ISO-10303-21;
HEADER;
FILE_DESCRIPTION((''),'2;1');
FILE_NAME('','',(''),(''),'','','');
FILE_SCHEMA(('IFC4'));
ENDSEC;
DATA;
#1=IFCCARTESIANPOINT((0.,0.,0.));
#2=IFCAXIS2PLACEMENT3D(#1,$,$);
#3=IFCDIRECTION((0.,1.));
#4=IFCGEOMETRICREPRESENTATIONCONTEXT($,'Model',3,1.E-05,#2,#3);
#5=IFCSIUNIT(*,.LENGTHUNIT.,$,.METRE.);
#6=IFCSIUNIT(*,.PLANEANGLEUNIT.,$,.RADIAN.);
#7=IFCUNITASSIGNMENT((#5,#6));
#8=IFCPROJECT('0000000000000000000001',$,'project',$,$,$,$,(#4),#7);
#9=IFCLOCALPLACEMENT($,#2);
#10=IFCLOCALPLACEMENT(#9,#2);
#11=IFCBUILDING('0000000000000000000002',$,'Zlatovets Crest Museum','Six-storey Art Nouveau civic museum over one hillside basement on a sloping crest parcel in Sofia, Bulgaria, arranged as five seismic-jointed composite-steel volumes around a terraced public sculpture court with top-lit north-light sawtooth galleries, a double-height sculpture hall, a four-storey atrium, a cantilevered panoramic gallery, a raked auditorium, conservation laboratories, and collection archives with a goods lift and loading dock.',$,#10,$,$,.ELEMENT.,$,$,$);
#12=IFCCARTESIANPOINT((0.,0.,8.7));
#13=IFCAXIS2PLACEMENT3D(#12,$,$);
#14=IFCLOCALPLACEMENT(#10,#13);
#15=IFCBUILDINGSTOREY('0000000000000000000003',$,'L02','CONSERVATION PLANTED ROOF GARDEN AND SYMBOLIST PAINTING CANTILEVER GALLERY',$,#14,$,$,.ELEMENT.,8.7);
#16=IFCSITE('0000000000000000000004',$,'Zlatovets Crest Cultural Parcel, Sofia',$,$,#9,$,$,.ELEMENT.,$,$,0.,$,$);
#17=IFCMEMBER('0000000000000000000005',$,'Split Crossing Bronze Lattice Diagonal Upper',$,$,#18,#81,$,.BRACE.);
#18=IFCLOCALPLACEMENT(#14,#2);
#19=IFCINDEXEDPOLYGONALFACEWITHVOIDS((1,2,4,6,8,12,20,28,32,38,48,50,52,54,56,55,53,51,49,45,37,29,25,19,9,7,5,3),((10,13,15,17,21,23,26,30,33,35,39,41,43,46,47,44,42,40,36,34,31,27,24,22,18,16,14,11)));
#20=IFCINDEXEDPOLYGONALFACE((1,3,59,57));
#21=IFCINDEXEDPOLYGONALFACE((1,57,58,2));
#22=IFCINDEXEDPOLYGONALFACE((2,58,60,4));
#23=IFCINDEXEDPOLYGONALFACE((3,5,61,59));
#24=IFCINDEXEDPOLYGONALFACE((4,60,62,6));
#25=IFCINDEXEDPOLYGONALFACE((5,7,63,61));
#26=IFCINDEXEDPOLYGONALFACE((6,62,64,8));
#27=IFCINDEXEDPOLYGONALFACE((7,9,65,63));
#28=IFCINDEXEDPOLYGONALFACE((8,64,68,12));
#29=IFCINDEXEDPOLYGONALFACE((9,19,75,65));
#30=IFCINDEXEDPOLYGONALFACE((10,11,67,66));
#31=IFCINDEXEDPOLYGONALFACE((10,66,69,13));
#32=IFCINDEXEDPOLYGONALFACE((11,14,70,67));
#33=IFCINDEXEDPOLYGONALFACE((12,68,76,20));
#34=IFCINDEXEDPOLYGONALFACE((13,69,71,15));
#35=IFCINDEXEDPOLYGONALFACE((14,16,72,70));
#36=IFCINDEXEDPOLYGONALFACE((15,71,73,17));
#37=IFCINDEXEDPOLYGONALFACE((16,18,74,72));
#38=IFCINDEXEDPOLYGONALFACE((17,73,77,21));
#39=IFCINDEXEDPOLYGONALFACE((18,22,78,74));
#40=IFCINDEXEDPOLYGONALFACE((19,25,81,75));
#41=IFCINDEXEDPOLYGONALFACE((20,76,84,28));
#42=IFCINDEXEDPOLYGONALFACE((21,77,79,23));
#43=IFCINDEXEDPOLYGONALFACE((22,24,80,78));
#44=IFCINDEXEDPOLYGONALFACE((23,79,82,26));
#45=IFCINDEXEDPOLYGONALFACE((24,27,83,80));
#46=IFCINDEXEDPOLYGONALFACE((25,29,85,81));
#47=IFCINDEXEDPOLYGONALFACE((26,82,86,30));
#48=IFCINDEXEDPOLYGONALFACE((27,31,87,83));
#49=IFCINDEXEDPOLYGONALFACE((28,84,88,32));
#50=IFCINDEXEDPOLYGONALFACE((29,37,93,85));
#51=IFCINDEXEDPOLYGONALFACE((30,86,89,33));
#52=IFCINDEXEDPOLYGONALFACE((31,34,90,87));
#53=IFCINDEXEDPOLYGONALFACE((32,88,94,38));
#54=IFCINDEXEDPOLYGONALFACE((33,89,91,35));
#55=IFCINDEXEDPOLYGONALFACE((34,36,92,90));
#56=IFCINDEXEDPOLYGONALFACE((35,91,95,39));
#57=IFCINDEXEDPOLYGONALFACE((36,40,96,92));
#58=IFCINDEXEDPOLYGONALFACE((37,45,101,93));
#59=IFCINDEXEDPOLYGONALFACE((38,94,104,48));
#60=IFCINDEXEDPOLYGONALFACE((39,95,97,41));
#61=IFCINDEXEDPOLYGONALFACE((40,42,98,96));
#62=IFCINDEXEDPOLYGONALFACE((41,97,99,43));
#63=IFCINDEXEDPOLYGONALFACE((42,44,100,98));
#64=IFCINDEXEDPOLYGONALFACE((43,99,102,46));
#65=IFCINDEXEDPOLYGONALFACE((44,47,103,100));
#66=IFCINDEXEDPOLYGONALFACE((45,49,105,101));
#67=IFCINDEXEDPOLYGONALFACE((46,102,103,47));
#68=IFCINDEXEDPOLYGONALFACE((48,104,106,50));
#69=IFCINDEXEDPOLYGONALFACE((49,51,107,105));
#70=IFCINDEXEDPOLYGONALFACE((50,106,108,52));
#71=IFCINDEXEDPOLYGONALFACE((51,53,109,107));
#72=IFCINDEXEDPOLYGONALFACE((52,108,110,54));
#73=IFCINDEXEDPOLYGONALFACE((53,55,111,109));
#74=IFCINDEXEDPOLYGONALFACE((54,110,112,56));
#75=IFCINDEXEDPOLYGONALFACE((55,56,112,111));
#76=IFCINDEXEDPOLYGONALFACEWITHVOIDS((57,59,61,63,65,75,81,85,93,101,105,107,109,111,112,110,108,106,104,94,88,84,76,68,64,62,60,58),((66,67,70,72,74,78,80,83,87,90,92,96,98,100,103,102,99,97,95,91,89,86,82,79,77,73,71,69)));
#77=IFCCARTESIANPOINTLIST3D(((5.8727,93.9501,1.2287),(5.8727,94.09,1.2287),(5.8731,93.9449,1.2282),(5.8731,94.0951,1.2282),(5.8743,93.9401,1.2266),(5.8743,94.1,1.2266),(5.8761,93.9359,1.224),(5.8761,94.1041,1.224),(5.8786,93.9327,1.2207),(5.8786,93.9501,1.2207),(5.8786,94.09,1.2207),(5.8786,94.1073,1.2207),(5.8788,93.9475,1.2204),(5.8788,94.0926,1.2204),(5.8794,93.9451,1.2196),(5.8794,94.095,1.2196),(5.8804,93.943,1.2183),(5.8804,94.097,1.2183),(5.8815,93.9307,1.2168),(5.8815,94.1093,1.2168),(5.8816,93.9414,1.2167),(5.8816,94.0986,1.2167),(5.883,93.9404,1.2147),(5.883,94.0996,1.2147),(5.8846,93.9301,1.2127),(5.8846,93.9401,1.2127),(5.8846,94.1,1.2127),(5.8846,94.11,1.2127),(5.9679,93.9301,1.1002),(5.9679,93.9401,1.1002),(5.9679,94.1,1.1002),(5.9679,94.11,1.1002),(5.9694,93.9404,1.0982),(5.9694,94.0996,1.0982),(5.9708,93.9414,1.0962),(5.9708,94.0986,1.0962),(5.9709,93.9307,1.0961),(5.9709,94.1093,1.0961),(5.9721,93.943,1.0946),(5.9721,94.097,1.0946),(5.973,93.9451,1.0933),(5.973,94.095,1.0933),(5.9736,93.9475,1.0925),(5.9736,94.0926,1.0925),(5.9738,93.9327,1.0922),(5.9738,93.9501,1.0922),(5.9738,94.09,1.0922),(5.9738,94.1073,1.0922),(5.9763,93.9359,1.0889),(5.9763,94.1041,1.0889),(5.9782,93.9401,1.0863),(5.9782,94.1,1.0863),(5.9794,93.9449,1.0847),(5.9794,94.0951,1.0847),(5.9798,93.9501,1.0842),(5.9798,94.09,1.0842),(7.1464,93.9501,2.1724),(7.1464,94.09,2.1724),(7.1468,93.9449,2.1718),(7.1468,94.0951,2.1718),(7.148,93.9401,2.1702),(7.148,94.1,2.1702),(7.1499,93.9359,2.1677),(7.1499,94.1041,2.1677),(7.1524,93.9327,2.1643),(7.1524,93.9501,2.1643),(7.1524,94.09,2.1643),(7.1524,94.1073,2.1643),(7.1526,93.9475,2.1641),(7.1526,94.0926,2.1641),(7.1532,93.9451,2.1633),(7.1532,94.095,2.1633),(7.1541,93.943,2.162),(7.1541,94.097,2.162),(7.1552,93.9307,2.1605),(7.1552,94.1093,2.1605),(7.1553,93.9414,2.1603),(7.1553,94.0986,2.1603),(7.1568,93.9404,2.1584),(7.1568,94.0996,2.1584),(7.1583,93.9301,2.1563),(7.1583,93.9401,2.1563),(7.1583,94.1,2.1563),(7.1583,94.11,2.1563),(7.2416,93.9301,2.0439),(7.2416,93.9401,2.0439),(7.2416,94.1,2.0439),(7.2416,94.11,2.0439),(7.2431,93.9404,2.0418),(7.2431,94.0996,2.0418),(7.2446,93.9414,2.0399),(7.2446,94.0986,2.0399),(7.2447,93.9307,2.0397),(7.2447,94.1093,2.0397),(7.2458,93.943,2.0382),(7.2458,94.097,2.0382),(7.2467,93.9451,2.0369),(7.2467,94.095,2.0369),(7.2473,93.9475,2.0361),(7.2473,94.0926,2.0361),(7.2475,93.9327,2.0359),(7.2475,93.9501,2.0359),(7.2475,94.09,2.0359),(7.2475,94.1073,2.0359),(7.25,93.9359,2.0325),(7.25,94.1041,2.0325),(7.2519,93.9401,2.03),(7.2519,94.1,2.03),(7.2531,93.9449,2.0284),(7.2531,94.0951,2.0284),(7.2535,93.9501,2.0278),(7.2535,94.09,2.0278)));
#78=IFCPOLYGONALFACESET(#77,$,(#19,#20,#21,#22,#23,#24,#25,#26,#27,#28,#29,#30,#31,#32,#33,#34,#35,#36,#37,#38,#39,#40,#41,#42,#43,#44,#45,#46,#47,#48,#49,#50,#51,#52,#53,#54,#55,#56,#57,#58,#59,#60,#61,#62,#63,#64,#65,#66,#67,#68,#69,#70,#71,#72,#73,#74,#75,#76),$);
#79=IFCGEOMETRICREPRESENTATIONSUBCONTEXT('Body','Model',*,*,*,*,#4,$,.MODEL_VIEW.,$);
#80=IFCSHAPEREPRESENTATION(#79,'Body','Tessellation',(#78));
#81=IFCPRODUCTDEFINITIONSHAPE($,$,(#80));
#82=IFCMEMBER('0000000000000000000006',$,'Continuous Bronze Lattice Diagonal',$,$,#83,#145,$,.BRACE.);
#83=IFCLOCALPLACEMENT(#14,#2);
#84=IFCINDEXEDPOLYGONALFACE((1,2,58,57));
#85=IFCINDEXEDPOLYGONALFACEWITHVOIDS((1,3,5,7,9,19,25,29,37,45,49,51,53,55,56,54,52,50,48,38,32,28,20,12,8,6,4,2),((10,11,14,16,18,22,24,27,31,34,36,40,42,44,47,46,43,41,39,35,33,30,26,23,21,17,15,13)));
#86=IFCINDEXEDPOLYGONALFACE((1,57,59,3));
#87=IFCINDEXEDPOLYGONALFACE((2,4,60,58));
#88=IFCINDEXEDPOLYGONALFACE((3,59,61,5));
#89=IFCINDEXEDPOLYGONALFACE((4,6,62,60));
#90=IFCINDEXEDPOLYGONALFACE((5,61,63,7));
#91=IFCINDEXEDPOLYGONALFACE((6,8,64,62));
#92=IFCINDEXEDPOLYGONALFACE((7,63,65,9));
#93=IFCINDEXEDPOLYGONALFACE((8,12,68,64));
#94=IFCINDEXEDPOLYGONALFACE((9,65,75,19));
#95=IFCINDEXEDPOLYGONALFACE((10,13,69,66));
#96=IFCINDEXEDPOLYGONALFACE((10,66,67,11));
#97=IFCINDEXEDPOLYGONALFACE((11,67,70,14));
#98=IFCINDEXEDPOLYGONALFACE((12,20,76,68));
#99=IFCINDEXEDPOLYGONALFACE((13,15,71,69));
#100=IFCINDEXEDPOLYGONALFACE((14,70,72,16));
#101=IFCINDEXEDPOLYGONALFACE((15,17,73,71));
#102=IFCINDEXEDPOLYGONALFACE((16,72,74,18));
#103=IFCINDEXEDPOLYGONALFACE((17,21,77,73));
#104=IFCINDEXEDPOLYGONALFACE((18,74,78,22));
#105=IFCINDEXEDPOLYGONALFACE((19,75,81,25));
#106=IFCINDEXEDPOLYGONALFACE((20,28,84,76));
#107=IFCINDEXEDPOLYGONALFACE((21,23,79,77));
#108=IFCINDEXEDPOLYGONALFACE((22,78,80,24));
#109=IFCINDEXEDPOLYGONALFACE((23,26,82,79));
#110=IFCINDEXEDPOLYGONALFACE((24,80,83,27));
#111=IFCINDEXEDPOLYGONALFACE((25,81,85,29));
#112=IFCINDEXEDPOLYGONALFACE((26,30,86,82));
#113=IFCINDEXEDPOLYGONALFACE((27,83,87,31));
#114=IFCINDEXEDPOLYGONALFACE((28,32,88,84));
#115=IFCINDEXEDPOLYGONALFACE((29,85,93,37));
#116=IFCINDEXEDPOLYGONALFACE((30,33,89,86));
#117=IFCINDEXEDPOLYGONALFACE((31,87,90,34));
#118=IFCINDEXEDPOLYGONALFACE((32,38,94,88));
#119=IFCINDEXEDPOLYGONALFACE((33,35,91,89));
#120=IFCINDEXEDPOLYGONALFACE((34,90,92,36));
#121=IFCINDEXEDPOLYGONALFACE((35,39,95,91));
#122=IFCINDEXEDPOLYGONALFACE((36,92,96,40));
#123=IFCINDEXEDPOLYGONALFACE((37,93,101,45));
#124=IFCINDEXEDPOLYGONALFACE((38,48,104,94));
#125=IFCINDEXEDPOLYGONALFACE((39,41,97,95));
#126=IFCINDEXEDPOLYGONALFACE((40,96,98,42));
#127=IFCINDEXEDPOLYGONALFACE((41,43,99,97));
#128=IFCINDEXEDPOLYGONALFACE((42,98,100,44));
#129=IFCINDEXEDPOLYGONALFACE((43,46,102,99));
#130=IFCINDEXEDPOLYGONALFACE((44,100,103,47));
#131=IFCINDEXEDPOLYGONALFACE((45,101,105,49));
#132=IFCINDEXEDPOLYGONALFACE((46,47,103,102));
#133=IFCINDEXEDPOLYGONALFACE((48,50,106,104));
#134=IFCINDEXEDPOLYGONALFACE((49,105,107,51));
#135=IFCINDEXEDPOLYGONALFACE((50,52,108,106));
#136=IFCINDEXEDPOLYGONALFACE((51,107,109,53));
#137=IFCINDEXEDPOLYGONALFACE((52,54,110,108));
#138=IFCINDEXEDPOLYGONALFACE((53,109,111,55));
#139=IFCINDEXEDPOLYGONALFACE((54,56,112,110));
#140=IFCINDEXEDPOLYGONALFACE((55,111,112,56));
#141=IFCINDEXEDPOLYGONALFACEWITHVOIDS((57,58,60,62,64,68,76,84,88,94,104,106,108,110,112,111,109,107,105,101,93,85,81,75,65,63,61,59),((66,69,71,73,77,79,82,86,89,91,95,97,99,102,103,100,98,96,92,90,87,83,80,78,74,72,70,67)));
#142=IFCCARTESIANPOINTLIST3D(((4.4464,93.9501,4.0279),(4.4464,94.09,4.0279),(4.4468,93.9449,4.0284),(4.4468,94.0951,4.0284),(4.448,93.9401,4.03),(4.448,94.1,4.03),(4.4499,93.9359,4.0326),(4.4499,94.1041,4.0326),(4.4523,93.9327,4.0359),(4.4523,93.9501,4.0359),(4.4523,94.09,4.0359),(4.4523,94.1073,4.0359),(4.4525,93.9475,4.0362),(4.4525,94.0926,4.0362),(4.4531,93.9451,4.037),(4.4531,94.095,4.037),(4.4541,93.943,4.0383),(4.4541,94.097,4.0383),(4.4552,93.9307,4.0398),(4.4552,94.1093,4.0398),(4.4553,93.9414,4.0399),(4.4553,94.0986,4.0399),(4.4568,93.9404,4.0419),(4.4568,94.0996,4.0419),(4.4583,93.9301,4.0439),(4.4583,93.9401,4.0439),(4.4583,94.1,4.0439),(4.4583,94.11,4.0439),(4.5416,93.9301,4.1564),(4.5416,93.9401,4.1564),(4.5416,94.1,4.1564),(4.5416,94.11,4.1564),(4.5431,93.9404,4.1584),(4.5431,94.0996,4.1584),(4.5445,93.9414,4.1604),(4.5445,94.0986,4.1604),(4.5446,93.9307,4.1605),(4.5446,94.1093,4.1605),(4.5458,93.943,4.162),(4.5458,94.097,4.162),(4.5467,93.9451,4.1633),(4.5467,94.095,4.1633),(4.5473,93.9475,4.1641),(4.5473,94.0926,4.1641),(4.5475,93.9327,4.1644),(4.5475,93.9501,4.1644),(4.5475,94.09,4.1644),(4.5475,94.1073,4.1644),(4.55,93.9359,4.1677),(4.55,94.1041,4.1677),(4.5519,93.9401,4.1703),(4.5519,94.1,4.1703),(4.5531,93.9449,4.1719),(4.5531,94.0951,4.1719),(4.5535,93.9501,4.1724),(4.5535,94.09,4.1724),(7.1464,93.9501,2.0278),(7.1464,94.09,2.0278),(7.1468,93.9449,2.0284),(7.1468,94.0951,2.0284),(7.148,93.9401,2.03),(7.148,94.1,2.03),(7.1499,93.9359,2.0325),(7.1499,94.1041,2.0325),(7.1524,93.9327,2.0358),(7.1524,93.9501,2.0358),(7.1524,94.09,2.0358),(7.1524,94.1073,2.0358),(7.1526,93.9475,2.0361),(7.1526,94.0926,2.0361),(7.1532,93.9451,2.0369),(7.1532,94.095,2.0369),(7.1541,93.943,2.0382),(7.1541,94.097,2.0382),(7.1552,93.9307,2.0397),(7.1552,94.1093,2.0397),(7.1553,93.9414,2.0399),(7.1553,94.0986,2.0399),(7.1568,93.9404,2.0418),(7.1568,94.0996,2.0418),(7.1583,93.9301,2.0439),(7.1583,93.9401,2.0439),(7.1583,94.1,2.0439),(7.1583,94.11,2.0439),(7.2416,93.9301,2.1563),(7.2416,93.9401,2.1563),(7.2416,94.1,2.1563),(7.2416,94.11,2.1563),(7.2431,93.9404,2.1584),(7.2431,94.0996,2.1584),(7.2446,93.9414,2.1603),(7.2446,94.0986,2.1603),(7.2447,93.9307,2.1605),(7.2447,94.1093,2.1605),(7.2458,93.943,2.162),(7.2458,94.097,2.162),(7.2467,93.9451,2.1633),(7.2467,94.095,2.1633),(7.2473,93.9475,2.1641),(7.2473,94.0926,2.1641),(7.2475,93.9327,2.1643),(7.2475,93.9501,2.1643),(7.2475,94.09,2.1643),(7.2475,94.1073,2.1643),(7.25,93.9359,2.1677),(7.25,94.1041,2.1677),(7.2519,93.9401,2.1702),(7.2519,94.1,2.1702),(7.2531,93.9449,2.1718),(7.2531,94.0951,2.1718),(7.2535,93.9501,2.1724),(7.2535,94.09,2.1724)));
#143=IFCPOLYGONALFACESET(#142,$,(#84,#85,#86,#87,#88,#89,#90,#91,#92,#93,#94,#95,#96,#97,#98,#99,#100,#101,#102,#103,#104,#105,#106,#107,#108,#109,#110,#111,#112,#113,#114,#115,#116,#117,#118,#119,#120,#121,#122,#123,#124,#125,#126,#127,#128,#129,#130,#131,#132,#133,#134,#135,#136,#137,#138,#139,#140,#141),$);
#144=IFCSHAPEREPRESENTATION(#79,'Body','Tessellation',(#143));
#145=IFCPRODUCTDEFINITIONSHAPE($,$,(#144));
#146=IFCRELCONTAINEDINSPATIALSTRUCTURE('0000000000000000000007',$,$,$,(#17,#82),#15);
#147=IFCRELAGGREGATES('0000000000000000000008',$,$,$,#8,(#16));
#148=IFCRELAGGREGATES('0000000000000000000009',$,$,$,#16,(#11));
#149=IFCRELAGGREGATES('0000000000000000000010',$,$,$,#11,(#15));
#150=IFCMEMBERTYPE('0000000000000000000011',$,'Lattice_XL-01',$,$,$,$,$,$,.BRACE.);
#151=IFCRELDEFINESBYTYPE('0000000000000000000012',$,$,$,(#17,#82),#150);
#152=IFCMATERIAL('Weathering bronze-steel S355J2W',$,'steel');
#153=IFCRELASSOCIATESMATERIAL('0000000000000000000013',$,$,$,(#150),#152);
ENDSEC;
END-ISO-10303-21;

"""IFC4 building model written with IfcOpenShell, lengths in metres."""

from ifc_helpers import new_model, si_unit, direction, frame, origin, origin_2d, place, context, subcontext, project, spatial, hollow_rectangle, extrude, material, material_profile, profile_set, type_object, element, save


model = new_model("IFC4")

# Units and contexts
model_context = context("Model", 3, precision=1e-05, world=origin(), true_north=direction((0.0, 1.0)))
body_context = subcontext(model_context, "Body", "Model", "MODEL_VIEW")
ifc_project = project(units=[si_unit("LENGTHUNIT", "METRE"), si_unit("PLANEANGLEUNIT", "RADIAN")], contexts=[model_context])

# Site, building, storey
site_placement = place(None, origin())
site = spatial("IfcSite", under=ifc_project, at=site_placement, Name="Zlatovets Crest Cultural Parcel, Sofia", CompositionType="ELEMENT", RefElevation=0.0)
building_placement = place(site_placement, origin())
building = spatial("IfcBuilding", under=site, at=building_placement, Name="Zlatovets Crest Museum", Description="Six-storey Art Nouveau civic museum over one hillside basement on a sloping crest parcel in Sofia, Bulgaria, arranged as five seismic-jointed composite-steel volumes around a terraced public sculpture court with top-lit north-light sawtooth galleries, a double-height sculpture hall, a four-storey atrium, a cantilevered panoramic gallery, a raked auditorium, conservation laboratories, and collection archives with a goods lift and loading dock.", CompositionType="ELEMENT")
storey_placement = place(building_placement, frame((0.0, 0.0, 8.7)))
storey = spatial("IfcBuildingStorey", under=building, at=storey_placement, Name="L02", Description="CONSERVATION PLANTED ROOF GARDEN AND SYMBOLIST PAINTING CANTILEVER GALLERY", CompositionType="ELEMENT", Elevation=8.7)

# Members
ifc_material_1 = material(Name="Weathering bronze-steel S355J2W", Category="steel")
ifc_material_profile_1 = material_profile(ifc_material_1, hollow_rectangle(XDim=0.1799, YDim=0.1799, WallThickness=0.01, InnerFilletRadius=0.01, OuterFilletRadius=0.02, at=origin_2d()), Name="SHS 180x180x10.0")
ifc_profile_set_1 = profile_set([ifc_material_profile_1], Name="Weathering bronze-steel S355J2W")
member_type_1 = type_object("IfcMemberType", Name="Lattice_XL-01", PredefinedType="BRACE", material=ifc_profile_set_1)
member_1_placement = place(storey_placement, frame((7.2, 94.02, 2.1001), z_axis=(-0.803516, 0.0, -0.595283), x_axis=(0.0, -1.0, 0.0)))
element("IfcMember", 1, at=member_1_placement, inside=storey, type_object=member_type_1, Name="Split Crossing Bronze Lattice Diagonal Upper", PredefinedType="BRACE", context=body_context, shape_type="SweptSolid", body=[
    extrude(hollow_rectangle(XDim=0.1799, YDim=0.1799, WallThickness=0.01, InnerFilletRadius=0.01, OuterFilletRadius=0.02, at=origin_2d()), origin(), (0.0, 0.0, 1.0), 1.5852),
])
member_2_placement = place(storey_placement, frame((7.2, 94.02, 2.1001), z_axis=(-0.803552, 0.0, 0.595235), x_axis=(0.0, -1.0, 0.0)))
element("IfcMember", 2, at=member_2_placement, inside=storey, type_object=member_type_1, Name="Continuous Bronze Lattice Diagonal", PredefinedType="BRACE", context=body_context, shape_type="SweptSolid", body=[
    extrude(hollow_rectangle(XDim=0.1799, YDim=0.1799, WallThickness=0.01, InnerFilletRadius=0.01, OuterFilletRadius=0.02, at=origin_2d()), origin(), (0.0, 0.0, 1.0), 3.3601),
])

save(model, "model.ifc")
